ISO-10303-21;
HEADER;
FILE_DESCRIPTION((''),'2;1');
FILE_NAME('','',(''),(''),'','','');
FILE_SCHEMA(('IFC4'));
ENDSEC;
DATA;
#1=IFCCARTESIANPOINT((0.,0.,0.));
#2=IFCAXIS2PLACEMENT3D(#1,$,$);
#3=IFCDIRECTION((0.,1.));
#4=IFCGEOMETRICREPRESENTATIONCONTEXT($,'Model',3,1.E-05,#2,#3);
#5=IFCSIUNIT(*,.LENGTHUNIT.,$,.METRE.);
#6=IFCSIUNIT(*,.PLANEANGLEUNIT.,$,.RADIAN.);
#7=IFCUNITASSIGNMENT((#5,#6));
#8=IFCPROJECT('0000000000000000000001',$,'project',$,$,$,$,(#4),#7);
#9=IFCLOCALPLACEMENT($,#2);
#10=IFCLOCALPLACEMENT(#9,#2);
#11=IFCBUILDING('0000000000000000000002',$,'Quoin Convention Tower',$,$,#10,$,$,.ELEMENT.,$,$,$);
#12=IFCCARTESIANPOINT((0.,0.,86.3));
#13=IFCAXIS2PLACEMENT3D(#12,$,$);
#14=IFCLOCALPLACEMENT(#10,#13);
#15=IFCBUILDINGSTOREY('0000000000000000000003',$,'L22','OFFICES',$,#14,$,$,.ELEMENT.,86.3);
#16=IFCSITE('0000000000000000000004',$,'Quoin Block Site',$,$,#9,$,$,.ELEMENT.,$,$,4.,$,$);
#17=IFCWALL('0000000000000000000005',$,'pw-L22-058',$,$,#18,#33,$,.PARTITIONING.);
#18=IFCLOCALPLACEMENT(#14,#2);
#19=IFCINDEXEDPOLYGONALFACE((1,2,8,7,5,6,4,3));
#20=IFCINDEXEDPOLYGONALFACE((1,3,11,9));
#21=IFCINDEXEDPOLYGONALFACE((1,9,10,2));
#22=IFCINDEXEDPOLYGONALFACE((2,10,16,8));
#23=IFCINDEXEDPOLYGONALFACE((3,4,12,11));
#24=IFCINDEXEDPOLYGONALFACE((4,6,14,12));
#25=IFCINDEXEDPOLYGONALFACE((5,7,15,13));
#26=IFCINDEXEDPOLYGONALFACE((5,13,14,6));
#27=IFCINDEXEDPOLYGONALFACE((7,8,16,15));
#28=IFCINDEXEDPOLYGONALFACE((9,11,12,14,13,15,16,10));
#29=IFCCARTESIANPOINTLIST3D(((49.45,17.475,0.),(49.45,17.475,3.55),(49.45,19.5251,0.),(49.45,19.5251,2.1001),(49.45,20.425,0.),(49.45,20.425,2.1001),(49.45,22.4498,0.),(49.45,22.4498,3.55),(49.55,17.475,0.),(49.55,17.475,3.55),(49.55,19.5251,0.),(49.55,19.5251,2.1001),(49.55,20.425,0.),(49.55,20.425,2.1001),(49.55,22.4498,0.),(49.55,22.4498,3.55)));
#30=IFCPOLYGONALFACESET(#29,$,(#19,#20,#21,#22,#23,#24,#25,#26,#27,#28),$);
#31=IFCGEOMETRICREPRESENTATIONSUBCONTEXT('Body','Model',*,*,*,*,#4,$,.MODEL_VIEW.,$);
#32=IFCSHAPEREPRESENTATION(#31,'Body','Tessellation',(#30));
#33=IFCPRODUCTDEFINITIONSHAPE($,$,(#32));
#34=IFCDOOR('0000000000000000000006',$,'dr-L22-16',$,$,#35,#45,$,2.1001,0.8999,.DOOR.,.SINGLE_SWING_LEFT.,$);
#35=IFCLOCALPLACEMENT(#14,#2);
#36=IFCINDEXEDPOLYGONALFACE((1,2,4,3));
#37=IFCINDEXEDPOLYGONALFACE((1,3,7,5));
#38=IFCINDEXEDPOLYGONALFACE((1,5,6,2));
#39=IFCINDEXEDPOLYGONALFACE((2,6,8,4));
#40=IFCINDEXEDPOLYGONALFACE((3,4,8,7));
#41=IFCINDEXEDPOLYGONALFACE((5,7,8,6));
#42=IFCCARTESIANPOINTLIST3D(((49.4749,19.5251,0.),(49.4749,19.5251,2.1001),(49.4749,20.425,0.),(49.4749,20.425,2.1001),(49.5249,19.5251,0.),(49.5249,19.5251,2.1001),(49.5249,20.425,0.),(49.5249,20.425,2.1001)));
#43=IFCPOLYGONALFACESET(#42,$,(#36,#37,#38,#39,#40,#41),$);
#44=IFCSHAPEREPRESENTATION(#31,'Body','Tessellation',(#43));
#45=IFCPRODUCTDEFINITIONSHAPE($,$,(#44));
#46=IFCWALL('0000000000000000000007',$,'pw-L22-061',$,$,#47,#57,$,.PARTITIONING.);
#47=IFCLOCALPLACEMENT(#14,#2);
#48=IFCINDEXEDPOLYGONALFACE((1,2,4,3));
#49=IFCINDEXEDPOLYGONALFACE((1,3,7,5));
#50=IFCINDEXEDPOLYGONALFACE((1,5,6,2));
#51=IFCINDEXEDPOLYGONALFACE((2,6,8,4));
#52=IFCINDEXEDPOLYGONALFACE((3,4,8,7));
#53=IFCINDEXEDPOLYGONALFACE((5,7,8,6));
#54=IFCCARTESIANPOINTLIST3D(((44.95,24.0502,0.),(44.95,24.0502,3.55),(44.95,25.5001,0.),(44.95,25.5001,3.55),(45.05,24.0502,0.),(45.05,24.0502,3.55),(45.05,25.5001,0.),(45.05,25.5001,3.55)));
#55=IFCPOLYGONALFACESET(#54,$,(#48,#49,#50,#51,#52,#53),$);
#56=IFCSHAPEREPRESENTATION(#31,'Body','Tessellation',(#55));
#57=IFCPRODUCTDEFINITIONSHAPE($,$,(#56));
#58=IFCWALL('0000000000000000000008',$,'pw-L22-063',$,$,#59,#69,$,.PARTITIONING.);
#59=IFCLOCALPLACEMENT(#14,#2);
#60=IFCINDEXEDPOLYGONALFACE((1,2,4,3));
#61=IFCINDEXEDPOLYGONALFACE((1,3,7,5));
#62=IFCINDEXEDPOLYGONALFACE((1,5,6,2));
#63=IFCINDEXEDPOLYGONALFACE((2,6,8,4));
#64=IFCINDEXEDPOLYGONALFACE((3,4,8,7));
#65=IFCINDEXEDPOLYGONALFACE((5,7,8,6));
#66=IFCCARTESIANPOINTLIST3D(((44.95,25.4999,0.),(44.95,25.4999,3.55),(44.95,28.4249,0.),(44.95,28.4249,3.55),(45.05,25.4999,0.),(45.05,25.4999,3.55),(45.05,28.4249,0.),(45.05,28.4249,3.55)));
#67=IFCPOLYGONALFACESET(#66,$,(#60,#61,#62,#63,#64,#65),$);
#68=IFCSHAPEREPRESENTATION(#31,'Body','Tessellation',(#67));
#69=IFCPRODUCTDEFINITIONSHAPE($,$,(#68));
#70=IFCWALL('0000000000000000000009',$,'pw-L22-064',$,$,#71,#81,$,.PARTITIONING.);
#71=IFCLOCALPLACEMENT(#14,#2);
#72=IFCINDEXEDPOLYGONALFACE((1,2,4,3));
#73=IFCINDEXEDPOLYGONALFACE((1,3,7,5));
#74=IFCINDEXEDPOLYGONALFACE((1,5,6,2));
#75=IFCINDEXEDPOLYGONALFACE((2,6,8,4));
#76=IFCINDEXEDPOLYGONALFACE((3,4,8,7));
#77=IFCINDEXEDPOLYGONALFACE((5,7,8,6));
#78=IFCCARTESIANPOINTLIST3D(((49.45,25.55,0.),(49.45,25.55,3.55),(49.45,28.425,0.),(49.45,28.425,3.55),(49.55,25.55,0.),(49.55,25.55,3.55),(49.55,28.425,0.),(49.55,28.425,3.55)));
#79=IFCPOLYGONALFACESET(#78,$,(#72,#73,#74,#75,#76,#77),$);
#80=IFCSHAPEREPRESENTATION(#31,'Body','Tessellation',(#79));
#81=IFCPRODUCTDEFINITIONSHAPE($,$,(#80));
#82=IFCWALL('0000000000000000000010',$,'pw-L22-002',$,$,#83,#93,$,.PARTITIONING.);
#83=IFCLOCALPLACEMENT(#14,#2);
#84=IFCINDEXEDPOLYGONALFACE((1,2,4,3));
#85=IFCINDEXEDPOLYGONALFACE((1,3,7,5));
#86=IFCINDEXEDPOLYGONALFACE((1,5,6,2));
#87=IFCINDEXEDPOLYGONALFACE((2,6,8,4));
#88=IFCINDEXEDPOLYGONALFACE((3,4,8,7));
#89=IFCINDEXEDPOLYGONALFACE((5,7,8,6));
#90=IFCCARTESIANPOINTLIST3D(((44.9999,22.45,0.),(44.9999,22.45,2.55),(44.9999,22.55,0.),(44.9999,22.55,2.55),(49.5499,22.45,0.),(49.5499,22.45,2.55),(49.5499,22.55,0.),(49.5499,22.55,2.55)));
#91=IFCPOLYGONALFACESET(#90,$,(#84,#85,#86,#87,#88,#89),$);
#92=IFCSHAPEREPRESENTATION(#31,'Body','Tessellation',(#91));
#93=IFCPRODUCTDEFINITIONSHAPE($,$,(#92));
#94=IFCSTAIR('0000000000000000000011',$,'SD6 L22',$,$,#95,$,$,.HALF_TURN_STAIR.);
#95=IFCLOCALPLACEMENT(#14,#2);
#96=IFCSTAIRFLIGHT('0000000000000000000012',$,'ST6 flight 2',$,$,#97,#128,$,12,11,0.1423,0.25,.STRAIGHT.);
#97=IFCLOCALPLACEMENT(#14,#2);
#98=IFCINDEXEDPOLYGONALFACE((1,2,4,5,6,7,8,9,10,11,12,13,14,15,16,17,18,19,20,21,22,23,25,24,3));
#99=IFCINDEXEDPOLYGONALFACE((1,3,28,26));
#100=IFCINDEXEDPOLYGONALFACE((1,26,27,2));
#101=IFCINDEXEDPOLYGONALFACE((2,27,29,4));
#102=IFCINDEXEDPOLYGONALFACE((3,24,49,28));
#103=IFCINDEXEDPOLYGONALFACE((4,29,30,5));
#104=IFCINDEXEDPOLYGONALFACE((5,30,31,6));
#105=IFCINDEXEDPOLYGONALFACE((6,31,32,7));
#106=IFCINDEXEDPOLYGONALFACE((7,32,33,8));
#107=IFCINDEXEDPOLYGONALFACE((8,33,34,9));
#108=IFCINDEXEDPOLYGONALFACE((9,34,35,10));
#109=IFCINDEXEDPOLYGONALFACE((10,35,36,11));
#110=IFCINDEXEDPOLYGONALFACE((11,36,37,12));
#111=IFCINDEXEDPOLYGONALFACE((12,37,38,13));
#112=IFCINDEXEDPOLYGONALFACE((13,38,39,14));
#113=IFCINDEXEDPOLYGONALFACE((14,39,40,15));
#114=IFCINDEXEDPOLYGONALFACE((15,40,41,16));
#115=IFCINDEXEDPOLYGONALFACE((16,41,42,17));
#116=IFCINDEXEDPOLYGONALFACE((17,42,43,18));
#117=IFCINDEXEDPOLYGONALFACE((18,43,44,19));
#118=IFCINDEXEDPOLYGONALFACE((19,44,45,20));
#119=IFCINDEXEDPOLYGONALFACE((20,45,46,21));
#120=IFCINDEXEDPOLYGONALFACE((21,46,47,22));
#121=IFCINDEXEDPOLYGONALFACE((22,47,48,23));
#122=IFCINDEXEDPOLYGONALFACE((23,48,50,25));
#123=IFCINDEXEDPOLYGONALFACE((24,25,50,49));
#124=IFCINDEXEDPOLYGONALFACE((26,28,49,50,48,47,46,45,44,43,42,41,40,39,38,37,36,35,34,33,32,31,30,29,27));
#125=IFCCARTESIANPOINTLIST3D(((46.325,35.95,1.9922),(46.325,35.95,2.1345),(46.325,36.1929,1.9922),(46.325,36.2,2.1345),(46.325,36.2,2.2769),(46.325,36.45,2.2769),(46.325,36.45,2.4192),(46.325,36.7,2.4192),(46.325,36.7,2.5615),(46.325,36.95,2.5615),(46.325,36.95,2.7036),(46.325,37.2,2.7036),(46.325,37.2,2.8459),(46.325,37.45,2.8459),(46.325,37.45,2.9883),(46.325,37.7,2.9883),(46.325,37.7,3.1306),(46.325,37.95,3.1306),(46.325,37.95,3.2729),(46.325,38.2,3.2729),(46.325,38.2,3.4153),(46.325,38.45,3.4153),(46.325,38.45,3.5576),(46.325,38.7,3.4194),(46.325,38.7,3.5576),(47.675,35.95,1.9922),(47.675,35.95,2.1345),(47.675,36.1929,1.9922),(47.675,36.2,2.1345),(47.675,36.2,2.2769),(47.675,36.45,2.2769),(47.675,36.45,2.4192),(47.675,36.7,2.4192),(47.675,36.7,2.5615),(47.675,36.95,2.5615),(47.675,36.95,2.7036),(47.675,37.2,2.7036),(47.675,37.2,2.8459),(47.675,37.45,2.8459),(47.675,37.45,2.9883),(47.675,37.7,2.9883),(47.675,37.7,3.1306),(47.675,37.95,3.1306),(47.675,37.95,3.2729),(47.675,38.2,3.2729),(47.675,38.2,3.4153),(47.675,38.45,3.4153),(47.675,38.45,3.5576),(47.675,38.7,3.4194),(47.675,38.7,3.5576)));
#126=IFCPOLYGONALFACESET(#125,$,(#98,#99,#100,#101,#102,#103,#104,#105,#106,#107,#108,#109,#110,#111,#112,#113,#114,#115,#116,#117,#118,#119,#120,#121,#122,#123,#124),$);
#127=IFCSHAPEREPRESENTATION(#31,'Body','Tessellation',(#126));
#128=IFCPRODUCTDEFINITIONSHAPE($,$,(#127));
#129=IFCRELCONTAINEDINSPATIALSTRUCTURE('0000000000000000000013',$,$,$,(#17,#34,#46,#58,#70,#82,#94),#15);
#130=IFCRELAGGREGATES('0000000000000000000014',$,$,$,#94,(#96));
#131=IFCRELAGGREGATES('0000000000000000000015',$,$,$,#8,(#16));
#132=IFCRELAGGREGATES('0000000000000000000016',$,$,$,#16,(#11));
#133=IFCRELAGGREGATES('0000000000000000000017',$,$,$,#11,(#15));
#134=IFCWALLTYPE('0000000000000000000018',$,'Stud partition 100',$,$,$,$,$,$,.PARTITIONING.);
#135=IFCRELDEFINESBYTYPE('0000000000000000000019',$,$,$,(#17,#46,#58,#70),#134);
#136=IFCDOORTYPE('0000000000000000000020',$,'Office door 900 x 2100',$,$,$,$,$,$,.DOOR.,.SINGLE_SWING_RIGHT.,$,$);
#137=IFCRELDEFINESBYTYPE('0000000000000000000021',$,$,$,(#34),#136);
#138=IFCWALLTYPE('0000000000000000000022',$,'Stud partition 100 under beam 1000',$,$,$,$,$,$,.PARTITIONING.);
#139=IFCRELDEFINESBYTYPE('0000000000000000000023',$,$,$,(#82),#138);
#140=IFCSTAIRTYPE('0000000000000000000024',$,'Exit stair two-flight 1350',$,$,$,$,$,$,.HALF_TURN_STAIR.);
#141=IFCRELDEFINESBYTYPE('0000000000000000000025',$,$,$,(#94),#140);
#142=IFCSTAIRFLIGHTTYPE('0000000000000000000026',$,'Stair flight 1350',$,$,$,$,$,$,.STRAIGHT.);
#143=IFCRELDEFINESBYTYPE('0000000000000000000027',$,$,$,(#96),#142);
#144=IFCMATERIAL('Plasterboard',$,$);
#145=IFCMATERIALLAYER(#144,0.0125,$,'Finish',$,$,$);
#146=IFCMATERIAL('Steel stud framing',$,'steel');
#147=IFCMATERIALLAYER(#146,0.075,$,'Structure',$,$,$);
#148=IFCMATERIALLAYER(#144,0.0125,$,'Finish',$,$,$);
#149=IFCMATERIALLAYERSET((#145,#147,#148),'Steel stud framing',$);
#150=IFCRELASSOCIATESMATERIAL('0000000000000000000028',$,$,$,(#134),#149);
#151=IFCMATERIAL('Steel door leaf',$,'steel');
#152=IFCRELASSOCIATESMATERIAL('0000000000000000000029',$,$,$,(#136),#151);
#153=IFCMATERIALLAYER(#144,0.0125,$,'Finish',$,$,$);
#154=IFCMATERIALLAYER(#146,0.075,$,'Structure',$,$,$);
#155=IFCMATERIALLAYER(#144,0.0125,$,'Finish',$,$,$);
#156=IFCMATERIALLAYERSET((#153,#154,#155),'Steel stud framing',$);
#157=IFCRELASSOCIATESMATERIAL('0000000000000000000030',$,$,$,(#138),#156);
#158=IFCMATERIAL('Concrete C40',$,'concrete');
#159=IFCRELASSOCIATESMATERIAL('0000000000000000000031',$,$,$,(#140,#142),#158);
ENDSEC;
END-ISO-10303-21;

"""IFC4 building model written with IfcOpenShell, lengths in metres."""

from ifc_helpers import new_model, si_unit, direction, frame, frame_2d, origin, place, context, subcontext, project, spatial, polyline, rectangle, outline, extrude, material, layer, layer_set, type_object, element, fill, aggregate, save


model = new_model("IFC4")

# Units and contexts
model_context = context("Model", 3, precision=1e-05, world=origin(), true_north=direction((0.0, 1.0)))
body_context = subcontext(model_context, "Body", "Model", "MODEL_VIEW")
ifc_project = project(units=[si_unit("LENGTHUNIT", "METRE"), si_unit("PLANEANGLEUNIT", "RADIAN")], contexts=[model_context])

# Site, building, storey
site_placement = place(None, origin())
site = spatial("IfcSite", under=ifc_project, at=site_placement, Name="Quoin Block Site", CompositionType="ELEMENT", RefElevation=4.0)
building_placement = place(site_placement, origin())
building = spatial("IfcBuilding", under=site, at=building_placement, Name="Quoin Convention Tower", CompositionType="ELEMENT")
storey_placement = place(building_placement, frame((0.0, 0.0, 86.3)))
storey = spatial("IfcBuildingStorey", under=building, at=storey_placement, Name="L22", Description="OFFICES", CompositionType="ELEMENT", Elevation=86.3)

# Shared definitions
ifc_material_1 = material(Name="Plasterboard")
ifc_material_2 = material(Name="Steel stud framing", Category="steel")
ifc_material_3 = material(Name="Steel door leaf", Category="steel")

# Shared definitions
ifc_layer_1 = layer(ifc_material_1, 0.0125, Name="Finish")
ifc_layer_2 = layer(ifc_material_2, 0.075, Name="Structure")
ifc_layer_3 = layer(ifc_material_1, 0.0125, Name="Finish")
ifc_layer_set_1 = layer_set([ifc_layer_1, ifc_layer_2, ifc_layer_3], Name="Steel stud framing")
wall_type_1 = type_object("IfcWallType", Name="Stud partition 100", PredefinedType="PARTITIONING", material=ifc_layer_set_1)
door_type_1 = type_object("IfcDoorType", Name="Office door 900 x 2100", OperationType="SINGLE_SWING_RIGHT", PredefinedType="DOOR", material=ifc_material_3)

# Wall, opening, door
wall_1_placement = place(storey_placement, frame((49.5, 17.4751, 0.0), z_axis=(0.0, 0.0, 1.0), x_axis=(0.0, 1.0, 0.0)))
wall_1 = element("IfcWall", 1, at=wall_1_placement, inside=storey, type_object=wall_type_1, Name="pw-L22-058", PredefinedType="PARTITIONING", context=body_context, shape_type="SweptSolid", body=[
    extrude(rectangle(XDim=4.9749, YDim=0.1001, at=frame_2d((2.4873, 0.0))), origin(), (0.0, 0.0, 1.0), 3.55),
])
opening_1_placement = place(wall_1_placement, frame((2.05, 0.0, 0.0)))
opening_1 = element("IfcOpeningElement", 2, at=opening_1_placement, cuts=wall_1, PredefinedType="OPENING", context=body_context, shape_type="SweptSolid", body=[
    extrude(rectangle(XDim=0.8999, YDim=2.1001, at=frame_2d((0.45, 1.05))), frame((0.0, 0.0601, 0.0), z_axis=(0.0, -1.0, 0.0), x_axis=(1.0, 0.0, 0.0)), (0.0, 0.0, 1.0), 0.1201),
])
door_1_placement = place(opening_1_placement, frame((0.8999, 0.0, 0.0), z_axis=(0.0, 0.0, 1.0), x_axis=(-1.0, 0.0, 0.0)))
door_1 = element("IfcDoor", 3, at=door_1_placement, inside=storey, type_object=door_type_1, Name="dr-L22-16", OperationType="SINGLE_SWING_LEFT", OverallHeight=2.1001, OverallWidth=0.8999, PredefinedType="DOOR", context=body_context, shape_type="SweptSolid", body=[
    extrude(rectangle(XDim=0.8999, YDim=2.1001, at=frame_2d((0.45, 1.05))), frame((0.0, 0.0249, 0.0), z_axis=(0.0, -1.0, 0.0), x_axis=(1.0, 0.0, 0.0)), (0.0, 0.0, 1.0), 0.05),
])
fill(opening_1, door_1)

# Walls
wall_2_placement = place(storey_placement, frame((45.0, 24.05, 0.0), z_axis=(0.0, 0.0, 1.0), x_axis=(0.0, 1.0, 0.0)))
element("IfcWall", 4, at=wall_2_placement, inside=storey, type_object=wall_type_1, Name="pw-L22-061", PredefinedType="PARTITIONING", context=body_context, shape_type="SweptSolid", body=[
    extrude(rectangle(XDim=1.45, YDim=0.1001, at=frame_2d((0.7251, 0.0))), origin(), (0.0, 0.0, 1.0), 3.55),
])
wall_3_placement = place(storey_placement, frame((45.0, 25.5, 0.0), z_axis=(0.0, 0.0, 1.0), x_axis=(0.0, 1.0, 0.0)))
element("IfcWall", 5, at=wall_3_placement, inside=storey, type_object=wall_type_1, Name="pw-L22-063", PredefinedType="PARTITIONING", context=body_context, shape_type="SweptSolid", body=[
    extrude(rectangle(XDim=2.925, YDim=0.1001, at=frame_2d((1.4624, 0.0))), origin(), (0.0, 0.0, 1.0), 3.55),
])
wall_4_placement = place(storey_placement, frame((49.5, 25.55, 0.0), z_axis=(0.0, 0.0, 1.0), x_axis=(0.0, 1.0, 0.0)))
element("IfcWall", 6, at=wall_4_placement, inside=storey, type_object=wall_type_1, Name="pw-L22-064", PredefinedType="PARTITIONING", context=body_context, shape_type="SweptSolid", body=[
    extrude(rectangle(XDim=2.875, YDim=0.1001, at=frame_2d((1.4375, 0.0))), origin(), (0.0, 0.0, 1.0), 3.55),
])
ifc_layer_4 = layer(ifc_material_1, 0.0125, Name="Finish")
ifc_layer_5 = layer(ifc_material_2, 0.075, Name="Structure")
ifc_layer_6 = layer(ifc_material_1, 0.0125, Name="Finish")
ifc_layer_set_2 = layer_set([ifc_layer_4, ifc_layer_5, ifc_layer_6], Name="Steel stud framing")
wall_type_2 = type_object("IfcWallType", Name="Stud partition 100 under beam 1000", PredefinedType="PARTITIONING", material=ifc_layer_set_2)
wall_5_placement = place(storey_placement, frame((45.0, 22.5, 0.0), z_axis=(0.0, 0.0, 1.0), x_axis=(1.0, 0.0, 0.0)))
element("IfcWall", 7, at=wall_5_placement, inside=storey, type_object=wall_type_2, Name="pw-L22-002", PredefinedType="PARTITIONING", context=body_context, shape_type="SweptSolid", body=[
    extrude(rectangle(XDim=4.55, YDim=0.1001, at=frame_2d((2.2749, 0.0))), origin(), (0.0, 0.0, 1.0), 2.55),
])

# Stair, stair flight
ifc_material_4 = material(Name="Concrete C40", Category="concrete")
stair_type = type_object("IfcStairType", Name="Exit stair two-flight 1350", PredefinedType="HALF_TURN_STAIR", material=ifc_material_4)
stair_placement = place(storey_placement, origin())
stair = element("IfcStair", 8, at=stair_placement, inside=storey, type_object=stair_type, Name="SD6 L22", PredefinedType="HALF_TURN_STAIR")
stair_flight_type = type_object("IfcStairFlightType", Name="Stair flight 1350", PredefinedType="STRAIGHT", material=ifc_material_4)
stair_flight_placement = place(storey_placement, frame((47.0, 35.95, 1.9922), z_axis=(0.0, 0.0, 1.0), x_axis=(0.0, 1.0, 0.0)))
stair_flight = element("IfcStairFlight", 9, at=stair_flight_placement, type_object=stair_flight_type, Name="ST6 flight 2", NumberOfRisers=12, NumberOfTreads=11, PredefinedType="STRAIGHT", RiserHeight=0.1423, TreadLength=0.25, context=body_context, shape_type="SweptSolid", body=[
    extrude(outline(polyline([(0.0, 0.0), (0.0, 0.1423), (0.25, 0.1423), (0.25, 0.2847), (0.5, 0.2847), (0.5, 0.427), (0.75, 0.427), (0.75, 0.5693), (1.0, 0.5693), (1.0, 0.7114), (1.25, 0.7114), (1.25, 0.8538), (1.5, 0.8538), (1.5, 0.9961), (1.75, 0.9961), (1.75, 1.1384), (2.0, 1.1384), (2.0, 1.2808), (2.25, 1.2808), (2.25, 1.4231), (2.5, 1.4231), (2.5, 1.5654), (2.75, 1.5654), (2.75, 1.7078), (2.75, 1.4272), (0.2429, 0.0), (0.0, 0.0)])), frame((0.0, 0.675, 0.0), z_axis=(0.0, -1.0, 0.0), x_axis=(1.0, 0.0, 0.0)), (0.0, 0.0, 1.0), 1.3501),
])
aggregate(stair, [stair_flight])

save(model, "model.ifc")
